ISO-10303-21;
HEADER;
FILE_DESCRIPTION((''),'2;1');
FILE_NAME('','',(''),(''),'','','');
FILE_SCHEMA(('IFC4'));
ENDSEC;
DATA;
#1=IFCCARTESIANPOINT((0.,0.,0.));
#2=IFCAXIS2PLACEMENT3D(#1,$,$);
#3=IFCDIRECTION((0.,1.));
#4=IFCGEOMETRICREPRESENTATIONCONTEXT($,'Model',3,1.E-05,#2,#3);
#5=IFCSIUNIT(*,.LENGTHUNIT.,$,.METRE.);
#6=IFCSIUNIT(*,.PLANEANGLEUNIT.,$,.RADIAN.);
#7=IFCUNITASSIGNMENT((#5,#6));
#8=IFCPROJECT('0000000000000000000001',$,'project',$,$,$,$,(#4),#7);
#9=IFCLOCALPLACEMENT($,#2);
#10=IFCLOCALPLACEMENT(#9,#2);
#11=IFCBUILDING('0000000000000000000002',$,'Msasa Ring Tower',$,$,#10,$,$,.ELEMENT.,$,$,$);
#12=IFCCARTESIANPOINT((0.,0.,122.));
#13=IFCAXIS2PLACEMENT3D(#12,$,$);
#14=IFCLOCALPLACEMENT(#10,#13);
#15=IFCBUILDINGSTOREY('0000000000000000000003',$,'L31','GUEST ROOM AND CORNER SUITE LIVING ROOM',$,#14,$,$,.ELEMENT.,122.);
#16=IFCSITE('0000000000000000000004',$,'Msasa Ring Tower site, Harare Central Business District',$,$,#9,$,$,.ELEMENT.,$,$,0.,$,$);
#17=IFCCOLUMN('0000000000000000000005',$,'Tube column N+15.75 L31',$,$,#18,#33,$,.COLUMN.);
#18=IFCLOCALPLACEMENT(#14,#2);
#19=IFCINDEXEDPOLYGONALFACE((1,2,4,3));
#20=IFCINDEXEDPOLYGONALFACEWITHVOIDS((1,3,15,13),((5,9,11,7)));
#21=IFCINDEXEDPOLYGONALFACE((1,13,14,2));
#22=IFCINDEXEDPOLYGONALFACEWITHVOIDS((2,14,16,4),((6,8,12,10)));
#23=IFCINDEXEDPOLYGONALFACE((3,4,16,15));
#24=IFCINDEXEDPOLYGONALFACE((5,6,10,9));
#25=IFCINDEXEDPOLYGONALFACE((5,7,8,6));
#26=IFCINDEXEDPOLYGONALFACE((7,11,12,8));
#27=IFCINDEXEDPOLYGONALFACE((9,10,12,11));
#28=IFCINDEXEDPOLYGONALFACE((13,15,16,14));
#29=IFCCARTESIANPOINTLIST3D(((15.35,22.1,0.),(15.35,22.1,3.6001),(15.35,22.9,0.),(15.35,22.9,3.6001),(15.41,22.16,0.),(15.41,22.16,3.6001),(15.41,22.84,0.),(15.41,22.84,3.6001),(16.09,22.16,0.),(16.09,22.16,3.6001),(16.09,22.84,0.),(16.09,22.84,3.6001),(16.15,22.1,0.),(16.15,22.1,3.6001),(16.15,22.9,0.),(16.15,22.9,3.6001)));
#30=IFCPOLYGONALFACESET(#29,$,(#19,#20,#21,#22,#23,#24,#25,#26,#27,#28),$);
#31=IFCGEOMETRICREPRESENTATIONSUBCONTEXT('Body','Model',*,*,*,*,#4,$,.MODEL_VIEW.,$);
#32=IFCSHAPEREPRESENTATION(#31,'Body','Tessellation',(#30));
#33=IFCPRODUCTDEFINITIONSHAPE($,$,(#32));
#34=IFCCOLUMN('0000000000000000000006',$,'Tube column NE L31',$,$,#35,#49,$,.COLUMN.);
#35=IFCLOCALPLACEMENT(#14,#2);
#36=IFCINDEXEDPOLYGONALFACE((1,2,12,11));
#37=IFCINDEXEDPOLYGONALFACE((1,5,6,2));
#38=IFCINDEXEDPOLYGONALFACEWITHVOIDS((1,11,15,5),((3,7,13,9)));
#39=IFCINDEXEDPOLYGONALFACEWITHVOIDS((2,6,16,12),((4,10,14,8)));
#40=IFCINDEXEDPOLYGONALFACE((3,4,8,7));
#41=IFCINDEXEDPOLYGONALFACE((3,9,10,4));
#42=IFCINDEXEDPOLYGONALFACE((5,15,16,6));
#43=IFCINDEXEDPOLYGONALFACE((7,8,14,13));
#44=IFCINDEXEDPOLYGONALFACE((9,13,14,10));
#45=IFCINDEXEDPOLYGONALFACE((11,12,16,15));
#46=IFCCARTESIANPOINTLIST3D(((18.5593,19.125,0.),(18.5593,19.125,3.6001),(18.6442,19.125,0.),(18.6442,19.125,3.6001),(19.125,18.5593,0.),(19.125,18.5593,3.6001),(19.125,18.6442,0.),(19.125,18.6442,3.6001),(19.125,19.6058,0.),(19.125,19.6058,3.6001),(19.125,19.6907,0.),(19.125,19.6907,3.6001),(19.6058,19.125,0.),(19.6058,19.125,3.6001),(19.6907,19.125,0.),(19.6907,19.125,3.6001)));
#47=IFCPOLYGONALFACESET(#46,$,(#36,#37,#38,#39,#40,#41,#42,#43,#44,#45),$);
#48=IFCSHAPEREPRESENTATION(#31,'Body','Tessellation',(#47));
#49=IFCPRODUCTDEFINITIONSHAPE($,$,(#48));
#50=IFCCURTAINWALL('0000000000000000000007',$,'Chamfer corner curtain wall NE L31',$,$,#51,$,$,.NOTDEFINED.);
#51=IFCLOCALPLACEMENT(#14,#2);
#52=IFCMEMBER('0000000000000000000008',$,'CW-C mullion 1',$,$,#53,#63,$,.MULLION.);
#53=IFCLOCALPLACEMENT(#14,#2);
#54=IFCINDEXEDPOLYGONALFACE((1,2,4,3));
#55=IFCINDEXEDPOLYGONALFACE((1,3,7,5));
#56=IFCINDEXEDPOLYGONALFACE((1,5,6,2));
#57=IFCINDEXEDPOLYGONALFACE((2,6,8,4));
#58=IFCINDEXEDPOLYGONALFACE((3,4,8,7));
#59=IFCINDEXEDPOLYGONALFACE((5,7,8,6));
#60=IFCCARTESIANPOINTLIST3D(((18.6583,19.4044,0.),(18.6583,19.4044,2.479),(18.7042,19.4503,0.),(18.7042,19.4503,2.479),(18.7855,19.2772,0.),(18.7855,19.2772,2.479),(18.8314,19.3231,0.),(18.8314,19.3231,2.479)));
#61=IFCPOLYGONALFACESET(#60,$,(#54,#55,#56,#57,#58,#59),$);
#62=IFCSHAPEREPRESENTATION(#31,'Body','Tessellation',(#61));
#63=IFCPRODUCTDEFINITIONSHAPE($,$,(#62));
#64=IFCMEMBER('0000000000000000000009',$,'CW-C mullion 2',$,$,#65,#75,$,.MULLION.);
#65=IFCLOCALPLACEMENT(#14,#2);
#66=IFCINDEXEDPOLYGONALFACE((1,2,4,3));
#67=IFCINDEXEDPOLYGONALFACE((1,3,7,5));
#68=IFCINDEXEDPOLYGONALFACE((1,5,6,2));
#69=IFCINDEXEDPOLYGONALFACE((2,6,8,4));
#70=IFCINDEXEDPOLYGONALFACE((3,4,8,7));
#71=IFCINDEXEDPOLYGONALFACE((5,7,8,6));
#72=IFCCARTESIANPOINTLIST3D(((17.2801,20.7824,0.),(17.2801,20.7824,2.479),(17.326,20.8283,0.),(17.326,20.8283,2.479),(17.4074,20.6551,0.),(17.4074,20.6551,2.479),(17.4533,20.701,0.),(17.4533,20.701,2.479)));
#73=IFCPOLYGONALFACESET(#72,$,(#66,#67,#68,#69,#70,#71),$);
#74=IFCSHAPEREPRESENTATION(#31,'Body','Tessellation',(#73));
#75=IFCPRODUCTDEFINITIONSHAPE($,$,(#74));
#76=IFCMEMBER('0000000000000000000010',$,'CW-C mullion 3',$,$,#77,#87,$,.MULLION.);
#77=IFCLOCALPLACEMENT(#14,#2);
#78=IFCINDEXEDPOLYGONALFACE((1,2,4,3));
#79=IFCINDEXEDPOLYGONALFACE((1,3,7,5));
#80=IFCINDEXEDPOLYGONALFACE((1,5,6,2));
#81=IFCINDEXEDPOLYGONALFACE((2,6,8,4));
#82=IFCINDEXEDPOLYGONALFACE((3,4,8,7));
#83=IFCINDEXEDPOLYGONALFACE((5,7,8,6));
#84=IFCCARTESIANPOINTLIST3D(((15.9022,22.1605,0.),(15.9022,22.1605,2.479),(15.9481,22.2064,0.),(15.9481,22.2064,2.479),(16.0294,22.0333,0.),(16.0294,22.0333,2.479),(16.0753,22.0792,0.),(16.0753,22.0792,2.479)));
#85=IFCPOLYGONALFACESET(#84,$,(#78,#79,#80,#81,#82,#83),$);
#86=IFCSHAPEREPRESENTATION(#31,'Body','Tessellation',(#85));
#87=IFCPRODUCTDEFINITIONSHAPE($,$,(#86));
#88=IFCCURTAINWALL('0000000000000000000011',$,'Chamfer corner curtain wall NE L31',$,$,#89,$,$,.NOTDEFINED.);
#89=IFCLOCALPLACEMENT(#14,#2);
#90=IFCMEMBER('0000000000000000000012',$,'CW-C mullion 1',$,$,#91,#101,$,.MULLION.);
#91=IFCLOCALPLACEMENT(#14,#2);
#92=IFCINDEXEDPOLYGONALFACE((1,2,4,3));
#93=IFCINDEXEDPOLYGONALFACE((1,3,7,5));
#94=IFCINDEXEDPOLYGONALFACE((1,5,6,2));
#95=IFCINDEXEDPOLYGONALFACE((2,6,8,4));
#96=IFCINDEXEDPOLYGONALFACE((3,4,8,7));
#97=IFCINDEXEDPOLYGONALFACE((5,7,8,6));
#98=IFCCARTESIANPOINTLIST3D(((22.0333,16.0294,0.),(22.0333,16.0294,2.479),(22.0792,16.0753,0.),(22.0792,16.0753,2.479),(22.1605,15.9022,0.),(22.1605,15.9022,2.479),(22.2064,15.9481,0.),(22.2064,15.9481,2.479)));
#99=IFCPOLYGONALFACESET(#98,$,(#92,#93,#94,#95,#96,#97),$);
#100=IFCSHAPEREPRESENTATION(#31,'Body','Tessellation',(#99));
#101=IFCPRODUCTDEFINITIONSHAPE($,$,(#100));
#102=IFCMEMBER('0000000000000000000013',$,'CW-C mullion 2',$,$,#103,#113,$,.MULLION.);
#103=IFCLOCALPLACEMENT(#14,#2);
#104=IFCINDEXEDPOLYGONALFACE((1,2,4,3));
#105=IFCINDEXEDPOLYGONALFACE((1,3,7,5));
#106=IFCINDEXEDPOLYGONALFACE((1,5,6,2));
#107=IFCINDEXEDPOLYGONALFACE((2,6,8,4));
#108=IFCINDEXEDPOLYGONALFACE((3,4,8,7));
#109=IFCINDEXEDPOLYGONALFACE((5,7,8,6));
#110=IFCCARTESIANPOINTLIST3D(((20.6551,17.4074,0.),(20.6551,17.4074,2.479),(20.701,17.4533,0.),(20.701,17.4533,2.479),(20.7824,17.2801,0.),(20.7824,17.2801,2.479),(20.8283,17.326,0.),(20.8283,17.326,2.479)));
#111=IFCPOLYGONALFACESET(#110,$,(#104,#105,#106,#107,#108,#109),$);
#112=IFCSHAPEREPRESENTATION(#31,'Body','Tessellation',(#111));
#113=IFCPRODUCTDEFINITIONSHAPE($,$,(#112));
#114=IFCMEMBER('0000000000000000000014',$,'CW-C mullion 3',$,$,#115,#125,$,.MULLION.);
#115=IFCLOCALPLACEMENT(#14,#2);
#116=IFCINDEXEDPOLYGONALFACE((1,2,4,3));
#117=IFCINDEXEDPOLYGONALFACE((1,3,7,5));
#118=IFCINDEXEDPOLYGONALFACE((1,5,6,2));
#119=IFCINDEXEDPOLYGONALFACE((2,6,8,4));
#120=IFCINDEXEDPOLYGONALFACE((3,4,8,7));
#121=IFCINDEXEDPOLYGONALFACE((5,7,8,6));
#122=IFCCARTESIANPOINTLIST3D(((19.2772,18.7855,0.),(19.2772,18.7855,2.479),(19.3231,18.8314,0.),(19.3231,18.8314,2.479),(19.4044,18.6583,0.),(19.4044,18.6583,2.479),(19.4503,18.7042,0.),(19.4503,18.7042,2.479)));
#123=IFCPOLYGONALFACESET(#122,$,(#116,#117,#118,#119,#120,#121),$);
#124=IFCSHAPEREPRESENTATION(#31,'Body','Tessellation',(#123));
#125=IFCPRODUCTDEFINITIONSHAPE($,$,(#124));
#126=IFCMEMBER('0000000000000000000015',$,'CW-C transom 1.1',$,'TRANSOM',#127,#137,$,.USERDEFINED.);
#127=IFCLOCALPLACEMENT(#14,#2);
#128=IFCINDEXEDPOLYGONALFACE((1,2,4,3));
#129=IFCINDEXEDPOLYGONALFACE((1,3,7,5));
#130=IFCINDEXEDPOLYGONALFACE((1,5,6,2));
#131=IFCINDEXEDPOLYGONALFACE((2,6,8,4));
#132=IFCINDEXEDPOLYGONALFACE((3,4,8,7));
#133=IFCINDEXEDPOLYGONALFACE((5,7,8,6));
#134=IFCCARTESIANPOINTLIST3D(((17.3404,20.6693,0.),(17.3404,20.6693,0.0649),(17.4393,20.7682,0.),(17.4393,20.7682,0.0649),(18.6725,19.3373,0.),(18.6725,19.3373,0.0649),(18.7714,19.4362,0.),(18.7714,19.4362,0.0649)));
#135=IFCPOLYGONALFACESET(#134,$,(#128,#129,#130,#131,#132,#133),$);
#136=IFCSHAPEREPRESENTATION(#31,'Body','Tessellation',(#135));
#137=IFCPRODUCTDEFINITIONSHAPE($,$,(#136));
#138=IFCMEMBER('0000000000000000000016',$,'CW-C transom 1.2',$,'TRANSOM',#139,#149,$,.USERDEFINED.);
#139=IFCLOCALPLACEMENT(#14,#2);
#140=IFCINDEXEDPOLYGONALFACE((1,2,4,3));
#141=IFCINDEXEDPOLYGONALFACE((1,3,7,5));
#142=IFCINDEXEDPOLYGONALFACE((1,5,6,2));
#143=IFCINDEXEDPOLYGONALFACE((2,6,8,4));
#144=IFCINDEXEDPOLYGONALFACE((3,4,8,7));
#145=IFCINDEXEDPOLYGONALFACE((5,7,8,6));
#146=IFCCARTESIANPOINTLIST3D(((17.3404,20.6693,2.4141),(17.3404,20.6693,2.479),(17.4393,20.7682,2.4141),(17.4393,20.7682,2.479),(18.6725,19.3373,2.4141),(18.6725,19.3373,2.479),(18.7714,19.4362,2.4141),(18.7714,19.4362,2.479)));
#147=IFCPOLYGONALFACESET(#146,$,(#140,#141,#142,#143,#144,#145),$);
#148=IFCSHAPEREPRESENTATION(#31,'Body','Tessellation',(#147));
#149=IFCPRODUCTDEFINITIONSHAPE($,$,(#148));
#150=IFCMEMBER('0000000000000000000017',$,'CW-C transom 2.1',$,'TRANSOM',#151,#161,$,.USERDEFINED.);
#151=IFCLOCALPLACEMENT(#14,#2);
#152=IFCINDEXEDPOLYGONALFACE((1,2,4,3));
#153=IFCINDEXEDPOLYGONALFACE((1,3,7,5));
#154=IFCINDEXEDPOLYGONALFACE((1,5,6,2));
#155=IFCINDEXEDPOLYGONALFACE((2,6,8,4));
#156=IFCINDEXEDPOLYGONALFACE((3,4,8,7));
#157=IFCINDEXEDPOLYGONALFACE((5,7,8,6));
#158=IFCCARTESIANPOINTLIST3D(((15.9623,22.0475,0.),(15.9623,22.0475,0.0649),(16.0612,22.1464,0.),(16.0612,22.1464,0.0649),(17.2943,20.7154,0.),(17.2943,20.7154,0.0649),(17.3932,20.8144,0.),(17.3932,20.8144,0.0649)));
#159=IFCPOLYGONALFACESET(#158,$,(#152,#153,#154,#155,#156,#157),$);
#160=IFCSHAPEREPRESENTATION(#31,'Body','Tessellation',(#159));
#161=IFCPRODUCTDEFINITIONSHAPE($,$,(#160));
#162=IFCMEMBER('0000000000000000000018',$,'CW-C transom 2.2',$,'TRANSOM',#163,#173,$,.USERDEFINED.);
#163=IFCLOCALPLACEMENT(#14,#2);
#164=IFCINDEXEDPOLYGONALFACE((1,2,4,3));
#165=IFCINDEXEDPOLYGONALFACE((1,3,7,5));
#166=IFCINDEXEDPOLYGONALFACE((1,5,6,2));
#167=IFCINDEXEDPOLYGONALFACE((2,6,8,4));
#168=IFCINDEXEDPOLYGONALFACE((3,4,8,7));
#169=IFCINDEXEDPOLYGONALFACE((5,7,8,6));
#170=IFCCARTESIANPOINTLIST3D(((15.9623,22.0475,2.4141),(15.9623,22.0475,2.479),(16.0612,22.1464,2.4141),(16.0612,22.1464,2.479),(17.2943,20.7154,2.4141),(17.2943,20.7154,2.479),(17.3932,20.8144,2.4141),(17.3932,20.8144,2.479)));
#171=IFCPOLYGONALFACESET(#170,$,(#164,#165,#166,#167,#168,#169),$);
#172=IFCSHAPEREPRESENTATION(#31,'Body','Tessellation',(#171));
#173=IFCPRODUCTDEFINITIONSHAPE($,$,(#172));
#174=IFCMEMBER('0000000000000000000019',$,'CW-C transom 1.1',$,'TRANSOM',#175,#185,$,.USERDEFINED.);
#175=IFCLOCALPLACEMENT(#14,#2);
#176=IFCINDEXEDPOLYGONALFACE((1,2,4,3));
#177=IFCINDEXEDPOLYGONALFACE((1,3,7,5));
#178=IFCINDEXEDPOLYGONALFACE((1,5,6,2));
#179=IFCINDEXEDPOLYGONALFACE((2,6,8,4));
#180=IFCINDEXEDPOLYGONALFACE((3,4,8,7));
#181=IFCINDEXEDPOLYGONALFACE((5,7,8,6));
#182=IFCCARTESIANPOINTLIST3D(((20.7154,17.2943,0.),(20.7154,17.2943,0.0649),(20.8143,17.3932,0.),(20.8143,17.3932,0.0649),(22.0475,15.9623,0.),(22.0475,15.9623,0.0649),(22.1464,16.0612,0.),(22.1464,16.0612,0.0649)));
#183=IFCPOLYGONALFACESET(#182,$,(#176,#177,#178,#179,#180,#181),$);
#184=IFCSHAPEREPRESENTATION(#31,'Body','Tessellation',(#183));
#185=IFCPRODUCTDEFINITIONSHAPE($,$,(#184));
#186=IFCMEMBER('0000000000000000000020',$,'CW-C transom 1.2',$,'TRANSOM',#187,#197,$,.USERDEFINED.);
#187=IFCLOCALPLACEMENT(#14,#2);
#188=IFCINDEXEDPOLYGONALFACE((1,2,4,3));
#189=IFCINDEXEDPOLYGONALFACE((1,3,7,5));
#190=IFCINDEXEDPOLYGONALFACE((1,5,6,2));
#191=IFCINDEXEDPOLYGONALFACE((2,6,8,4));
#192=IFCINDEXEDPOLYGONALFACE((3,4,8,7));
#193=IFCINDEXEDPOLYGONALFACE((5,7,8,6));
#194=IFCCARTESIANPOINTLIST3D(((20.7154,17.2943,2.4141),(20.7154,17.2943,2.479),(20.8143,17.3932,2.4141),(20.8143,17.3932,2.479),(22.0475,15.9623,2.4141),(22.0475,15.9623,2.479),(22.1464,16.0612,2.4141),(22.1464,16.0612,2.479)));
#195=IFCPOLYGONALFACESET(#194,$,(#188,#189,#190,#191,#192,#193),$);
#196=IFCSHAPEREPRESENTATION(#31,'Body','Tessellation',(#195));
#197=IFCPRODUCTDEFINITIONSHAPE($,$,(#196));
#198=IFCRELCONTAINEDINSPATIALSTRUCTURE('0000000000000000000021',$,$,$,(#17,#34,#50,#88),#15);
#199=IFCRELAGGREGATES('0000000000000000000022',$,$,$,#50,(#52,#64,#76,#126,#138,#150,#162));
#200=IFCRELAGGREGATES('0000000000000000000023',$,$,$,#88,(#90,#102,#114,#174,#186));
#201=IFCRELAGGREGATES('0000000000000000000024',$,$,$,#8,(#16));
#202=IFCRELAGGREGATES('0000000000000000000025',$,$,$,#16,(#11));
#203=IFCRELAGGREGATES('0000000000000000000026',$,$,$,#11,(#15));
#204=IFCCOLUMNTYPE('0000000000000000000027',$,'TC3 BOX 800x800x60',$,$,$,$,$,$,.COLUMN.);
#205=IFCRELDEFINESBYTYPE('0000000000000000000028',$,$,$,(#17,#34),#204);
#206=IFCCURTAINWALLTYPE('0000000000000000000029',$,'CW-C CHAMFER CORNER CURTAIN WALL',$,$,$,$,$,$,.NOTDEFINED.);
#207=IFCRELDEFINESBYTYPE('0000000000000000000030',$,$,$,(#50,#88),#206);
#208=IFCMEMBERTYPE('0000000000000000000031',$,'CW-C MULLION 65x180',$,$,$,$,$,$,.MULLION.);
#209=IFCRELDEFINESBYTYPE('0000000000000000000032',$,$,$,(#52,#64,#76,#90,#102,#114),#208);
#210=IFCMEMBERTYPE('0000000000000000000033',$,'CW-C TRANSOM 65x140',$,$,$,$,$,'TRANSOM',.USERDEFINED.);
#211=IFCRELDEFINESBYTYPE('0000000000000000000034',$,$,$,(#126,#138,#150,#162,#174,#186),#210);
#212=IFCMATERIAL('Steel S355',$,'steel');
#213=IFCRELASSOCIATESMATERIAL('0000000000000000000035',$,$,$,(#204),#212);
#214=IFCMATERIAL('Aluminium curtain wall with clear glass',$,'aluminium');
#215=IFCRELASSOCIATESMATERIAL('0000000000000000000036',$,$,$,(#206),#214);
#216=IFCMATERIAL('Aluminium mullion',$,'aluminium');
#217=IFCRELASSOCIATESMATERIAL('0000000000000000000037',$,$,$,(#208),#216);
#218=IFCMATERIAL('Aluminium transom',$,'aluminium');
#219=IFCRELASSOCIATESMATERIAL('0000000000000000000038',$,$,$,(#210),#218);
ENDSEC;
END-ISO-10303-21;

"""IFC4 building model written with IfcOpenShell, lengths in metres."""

from ifc_helpers import new_model, si_unit, direction, frame, origin, origin_2d, place, context, subcontext, project, spatial, rectangle, hollow_rectangle, extrude, material, material_profile, profile_set, type_object, element, aggregate, save


model = new_model("IFC4")

# Units and contexts
model_context = context("Model", 3, precision=1e-05, world=origin(), true_north=direction((0.0, 1.0)))
body_context = subcontext(model_context, "Body", "Model", "MODEL_VIEW")
ifc_project = project(units=[si_unit("LENGTHUNIT", "METRE"), si_unit("PLANEANGLEUNIT", "RADIAN")], contexts=[model_context])

# Site, building, storey
site_placement = place(None, origin())
site = spatial("IfcSite", under=ifc_project, at=site_placement, Name="Msasa Ring Tower site, Harare Central Business District", CompositionType="ELEMENT", RefElevation=0.0)
building_placement = place(site_placement, origin())
building = spatial("IfcBuilding", under=site, at=building_placement, Name="Msasa Ring Tower", CompositionType="ELEMENT")
storey_placement = place(building_placement, frame((0.0, 0.0, 122.0)))
storey = spatial("IfcBuildingStorey", under=building, at=storey_placement, Name="L31", Description="GUEST ROOM AND CORNER SUITE LIVING ROOM", CompositionType="ELEMENT", Elevation=122.0)

# Columns
ifc_material_1 = material(Name="Steel S355", Category="steel")
ifc_material_profile_1 = material_profile(ifc_material_1, hollow_rectangle(XDim=0.8, YDim=0.8, WallThickness=0.0601, at=origin_2d()), Name="BOX 800x800x60")
ifc_profile_set_1 = profile_set([ifc_material_profile_1], Name="Steel S355")
column_type = type_object("IfcColumnType", Name="TC3 BOX 800x800x60", PredefinedType="COLUMN", material=ifc_profile_set_1)
for number, where, z_axis, x_axis, name in (
    (1, (15.75, 22.5, 0.0), (0.0, 0.0, 1.0), (0.0, 1.0, 0.0), "Tube column N+15.75 L31"),
    (2, (19.125, 19.125, 0.0), (0.0, 0.0, 1.0), (0.707107, 0.707107, 0.0), "Tube column NE L31"),
):
    element("IfcColumn", number, at=place(storey_placement, frame(where, z_axis=z_axis, x_axis=x_axis)), inside=storey, type_object=column_type, Name=name, PredefinedType="COLUMN", context=body_context, shape_type="SweptSolid", body=[
        extrude(hollow_rectangle(XDim=0.8, YDim=0.8, WallThickness=0.0601, at=origin_2d()), origin(), (0.0, 0.0, 1.0), 3.6001),
    ])

# Curtain walls, members
ifc_material_2 = material(Name="Aluminium curtain wall with clear glass", Category="aluminium")
curtain_wall_type = type_object("IfcCurtainWallType", Name="CW-C CHAMFER CORNER CURTAIN WALL", PredefinedType="NOTDEFINED", material=ifc_material_2)
curtain_wall_1_placement = place(storey_placement, origin())
curtain_wall_1 = element("IfcCurtainWall", 3, at=curtain_wall_1_placement, inside=storey, type_object=curtain_wall_type, Name="Chamfer corner curtain wall NE L31", PredefinedType="NOTDEFINED")
ifc_material_3 = material(Name="Aluminium mullion", Category="aluminium")
ifc_material_profile_2 = material_profile(ifc_material_3, rectangle(XDim=0.0649, YDim=0.1799, at=origin_2d()), Name="AL 65x180")
ifc_profile_set_2 = profile_set([ifc_material_profile_2], Name="Aluminium mullion")
member_type_1 = type_object("IfcMemberType", Name="CW-C MULLION 65x180", PredefinedType="MULLION", material=ifc_profile_set_2)
member_1_placement = place(storey_placement, frame((18.7449, 19.3638, 0.0), z_axis=(0.0, 0.0, 1.0), x_axis=(-0.707107, -0.707107, 0.0)))
member_1 = element("IfcMember", 4, at=member_1_placement, type_object=member_type_1, Name="CW-C mullion 1", PredefinedType="MULLION", context=body_context, shape_type="SweptSolid", body=[
    extrude(rectangle(XDim=0.0649, YDim=0.1799, at=origin_2d()), origin(), (0.0, 0.0, 1.0), 2.479),
])
member_2_placement = place(storey_placement, frame((17.3667, 20.7417, 0.0), z_axis=(0.0, 0.0, 1.0), x_axis=(-0.707107, -0.707107, 0.0)))
member_2 = element("IfcMember", 5, at=member_2_placement, type_object=member_type_1, Name="CW-C mullion 2", PredefinedType="MULLION", context=body_context, shape_type="SweptSolid", body=[
    extrude(rectangle(XDim=0.0649, YDim=0.1799, at=origin_2d()), origin(), (0.0, 0.0, 1.0), 2.479),
])
member_3_placement = place(storey_placement, frame((15.9888, 22.1199, 0.0), z_axis=(0.0, 0.0, 1.0), x_axis=(-0.707107, -0.707107, 0.0)))
member_3 = element("IfcMember", 6, at=member_3_placement, type_object=member_type_1, Name="CW-C mullion 3", PredefinedType="MULLION", context=body_context, shape_type="SweptSolid", body=[
    extrude(rectangle(XDim=0.0649, YDim=0.1799, at=origin_2d()), origin(), (0.0, 0.0, 1.0), 2.479),
])
curtain_wall_2_placement = place(storey_placement, origin())
curtain_wall_2 = element("IfcCurtainWall", 7, at=curtain_wall_2_placement, inside=storey, type_object=curtain_wall_type, Name="Chamfer corner curtain wall NE L31", PredefinedType="NOTDEFINED")
member_4_placement = place(storey_placement, frame((22.1199, 15.9888, 0.0), z_axis=(0.0, 0.0, 1.0), x_axis=(-0.707107, -0.707107, 0.0)))
member_4 = element("IfcMember", 8, at=member_4_placement, type_object=member_type_1, Name="CW-C mullion 1", PredefinedType="MULLION", context=body_context, shape_type="SweptSolid", body=[
    extrude(rectangle(XDim=0.0649, YDim=0.1799, at=origin_2d()), origin(), (0.0, 0.0, 1.0), 2.479),
])
member_5_placement = place(storey_placement, frame((20.7417, 17.3667, 0.0), z_axis=(0.0, 0.0, 1.0), x_axis=(-0.707107, -0.707107, 0.0)))
member_5 = element("IfcMember", 9, at=member_5_placement, type_object=member_type_1, Name="CW-C mullion 2", PredefinedType="MULLION", context=body_context, shape_type="SweptSolid", body=[
    extrude(rectangle(XDim=0.0649, YDim=0.1799, at=origin_2d()), origin(), (0.0, 0.0, 1.0), 2.479),
])
member_6_placement = place(storey_placement, frame((19.3638, 18.7449, 0.0), z_axis=(0.0, 0.0, 1.0), x_axis=(-0.707107, -0.707107, 0.0)))
member_6 = element("IfcMember", 10, at=member_6_placement, type_object=member_type_1, Name="CW-C mullion 3", PredefinedType="MULLION", context=body_context, shape_type="SweptSolid", body=[
    extrude(rectangle(XDim=0.0649, YDim=0.1799, at=origin_2d()), origin(), (0.0, 0.0, 1.0), 2.479),
])

# Members
ifc_material_4 = material(Name="Aluminium transom", Category="aluminium")
ifc_material_profile_3 = material_profile(ifc_material_4, rectangle(XDim=0.1399, YDim=0.0649, at=origin_2d()), Name="AL 65x140")
ifc_profile_set_3 = profile_set([ifc_material_profile_3], Name="Aluminium transom")
member_type_2 = type_object("IfcMemberType", Name="CW-C TRANSOM 65x140", ElementType="TRANSOM", PredefinedType="USERDEFINED", material=ifc_profile_set_3)
member_7_placement = place(storey_placement, frame((18.7219, 19.3867, 0.0325), z_axis=(-0.707107, 0.707107, 0.0), x_axis=(-0.707107, -0.707107, 0.0)))
member_7 = element("IfcMember", 11, at=member_7_placement, type_object=member_type_2, Name="CW-C transom 1.1", ObjectType="TRANSOM", PredefinedType="USERDEFINED", context=body_context, shape_type="SweptSolid", body=[
    extrude(rectangle(XDim=0.1399, YDim=0.0649, at=origin_2d()), origin(), (0.0, 0.0, 1.0), 1.8838),
])
member_8_placement = place(storey_placement, frame((18.7219, 19.3867, 2.4465), z_axis=(-0.707107, 0.707107, 0.0), x_axis=(-0.707107, -0.707107, 0.0)))
member_8 = element("IfcMember", 12, at=member_8_placement, type_object=member_type_2, Name="CW-C transom 1.2", ObjectType="TRANSOM", PredefinedType="USERDEFINED", context=body_context, shape_type="SweptSolid", body=[
    extrude(rectangle(XDim=0.1399, YDim=0.0649, at=origin_2d()), origin(), (0.0, 0.0, 1.0), 1.8838),
])
member_9_placement = place(storey_placement, frame((17.3438, 20.7649, 0.0325), z_axis=(-0.707107, 0.707107, 0.0), x_axis=(-0.707107, -0.707107, 0.0)))
member_9 = element("IfcMember", 13, at=member_9_placement, type_object=member_type_2, Name="CW-C transom 2.1", ObjectType="TRANSOM", PredefinedType="USERDEFINED", context=body_context, shape_type="SweptSolid", body=[
    extrude(rectangle(XDim=0.1399, YDim=0.0649, at=origin_2d()), origin(), (0.0, 0.0, 1.0), 1.8838),
])
member_10_placement = place(storey_placement, frame((17.3438, 20.7649, 2.4465), z_axis=(-0.707107, 0.707107, 0.0), x_axis=(-0.707107, -0.707107, 0.0)))
member_10 = element("IfcMember", 14, at=member_10_placement, type_object=member_type_2, Name="CW-C transom 2.2", ObjectType="TRANSOM", PredefinedType="USERDEFINED", context=body_context, shape_type="SweptSolid", body=[
    extrude(rectangle(XDim=0.1399, YDim=0.0649, at=origin_2d()), origin(), (0.0, 0.0, 1.0), 1.8838),
])
member_11_placement = place(storey_placement, frame((22.0969, 16.0117, 0.0325), z_axis=(-0.707107, 0.707107, 0.0), x_axis=(-0.707107, -0.707107, 0.0)))
member_11 = element("IfcMember", 15, at=member_11_placement, type_object=member_type_2, Name="CW-C transom 1.1", ObjectType="TRANSOM", PredefinedType="USERDEFINED", context=body_context, shape_type="SweptSolid", body=[
    extrude(rectangle(XDim=0.1399, YDim=0.0649, at=origin_2d()), origin(), (0.0, 0.0, 1.0), 1.8838),
])
member_12_placement = place(storey_placement, frame((22.0969, 16.0117, 2.4465), z_axis=(-0.707107, 0.707107, 0.0), x_axis=(-0.707107, -0.707107, 0.0)))
member_12 = element("IfcMember", 16, at=member_12_placement, type_object=member_type_2, Name="CW-C transom 1.2", ObjectType="TRANSOM", PredefinedType="USERDEFINED", context=body_context, shape_type="SweptSolid", body=[
    extrude(rectangle(XDim=0.1399, YDim=0.0649, at=origin_2d()), origin(), (0.0, 0.0, 1.0), 1.8838),
])

aggregate(curtain_wall_1, [member_1, member_2, member_3, member_7, member_8, member_9, member_10])
aggregate(curtain_wall_2, [member_4, member_5, member_6, member_11, member_12])

save(model, "model.ifc")
